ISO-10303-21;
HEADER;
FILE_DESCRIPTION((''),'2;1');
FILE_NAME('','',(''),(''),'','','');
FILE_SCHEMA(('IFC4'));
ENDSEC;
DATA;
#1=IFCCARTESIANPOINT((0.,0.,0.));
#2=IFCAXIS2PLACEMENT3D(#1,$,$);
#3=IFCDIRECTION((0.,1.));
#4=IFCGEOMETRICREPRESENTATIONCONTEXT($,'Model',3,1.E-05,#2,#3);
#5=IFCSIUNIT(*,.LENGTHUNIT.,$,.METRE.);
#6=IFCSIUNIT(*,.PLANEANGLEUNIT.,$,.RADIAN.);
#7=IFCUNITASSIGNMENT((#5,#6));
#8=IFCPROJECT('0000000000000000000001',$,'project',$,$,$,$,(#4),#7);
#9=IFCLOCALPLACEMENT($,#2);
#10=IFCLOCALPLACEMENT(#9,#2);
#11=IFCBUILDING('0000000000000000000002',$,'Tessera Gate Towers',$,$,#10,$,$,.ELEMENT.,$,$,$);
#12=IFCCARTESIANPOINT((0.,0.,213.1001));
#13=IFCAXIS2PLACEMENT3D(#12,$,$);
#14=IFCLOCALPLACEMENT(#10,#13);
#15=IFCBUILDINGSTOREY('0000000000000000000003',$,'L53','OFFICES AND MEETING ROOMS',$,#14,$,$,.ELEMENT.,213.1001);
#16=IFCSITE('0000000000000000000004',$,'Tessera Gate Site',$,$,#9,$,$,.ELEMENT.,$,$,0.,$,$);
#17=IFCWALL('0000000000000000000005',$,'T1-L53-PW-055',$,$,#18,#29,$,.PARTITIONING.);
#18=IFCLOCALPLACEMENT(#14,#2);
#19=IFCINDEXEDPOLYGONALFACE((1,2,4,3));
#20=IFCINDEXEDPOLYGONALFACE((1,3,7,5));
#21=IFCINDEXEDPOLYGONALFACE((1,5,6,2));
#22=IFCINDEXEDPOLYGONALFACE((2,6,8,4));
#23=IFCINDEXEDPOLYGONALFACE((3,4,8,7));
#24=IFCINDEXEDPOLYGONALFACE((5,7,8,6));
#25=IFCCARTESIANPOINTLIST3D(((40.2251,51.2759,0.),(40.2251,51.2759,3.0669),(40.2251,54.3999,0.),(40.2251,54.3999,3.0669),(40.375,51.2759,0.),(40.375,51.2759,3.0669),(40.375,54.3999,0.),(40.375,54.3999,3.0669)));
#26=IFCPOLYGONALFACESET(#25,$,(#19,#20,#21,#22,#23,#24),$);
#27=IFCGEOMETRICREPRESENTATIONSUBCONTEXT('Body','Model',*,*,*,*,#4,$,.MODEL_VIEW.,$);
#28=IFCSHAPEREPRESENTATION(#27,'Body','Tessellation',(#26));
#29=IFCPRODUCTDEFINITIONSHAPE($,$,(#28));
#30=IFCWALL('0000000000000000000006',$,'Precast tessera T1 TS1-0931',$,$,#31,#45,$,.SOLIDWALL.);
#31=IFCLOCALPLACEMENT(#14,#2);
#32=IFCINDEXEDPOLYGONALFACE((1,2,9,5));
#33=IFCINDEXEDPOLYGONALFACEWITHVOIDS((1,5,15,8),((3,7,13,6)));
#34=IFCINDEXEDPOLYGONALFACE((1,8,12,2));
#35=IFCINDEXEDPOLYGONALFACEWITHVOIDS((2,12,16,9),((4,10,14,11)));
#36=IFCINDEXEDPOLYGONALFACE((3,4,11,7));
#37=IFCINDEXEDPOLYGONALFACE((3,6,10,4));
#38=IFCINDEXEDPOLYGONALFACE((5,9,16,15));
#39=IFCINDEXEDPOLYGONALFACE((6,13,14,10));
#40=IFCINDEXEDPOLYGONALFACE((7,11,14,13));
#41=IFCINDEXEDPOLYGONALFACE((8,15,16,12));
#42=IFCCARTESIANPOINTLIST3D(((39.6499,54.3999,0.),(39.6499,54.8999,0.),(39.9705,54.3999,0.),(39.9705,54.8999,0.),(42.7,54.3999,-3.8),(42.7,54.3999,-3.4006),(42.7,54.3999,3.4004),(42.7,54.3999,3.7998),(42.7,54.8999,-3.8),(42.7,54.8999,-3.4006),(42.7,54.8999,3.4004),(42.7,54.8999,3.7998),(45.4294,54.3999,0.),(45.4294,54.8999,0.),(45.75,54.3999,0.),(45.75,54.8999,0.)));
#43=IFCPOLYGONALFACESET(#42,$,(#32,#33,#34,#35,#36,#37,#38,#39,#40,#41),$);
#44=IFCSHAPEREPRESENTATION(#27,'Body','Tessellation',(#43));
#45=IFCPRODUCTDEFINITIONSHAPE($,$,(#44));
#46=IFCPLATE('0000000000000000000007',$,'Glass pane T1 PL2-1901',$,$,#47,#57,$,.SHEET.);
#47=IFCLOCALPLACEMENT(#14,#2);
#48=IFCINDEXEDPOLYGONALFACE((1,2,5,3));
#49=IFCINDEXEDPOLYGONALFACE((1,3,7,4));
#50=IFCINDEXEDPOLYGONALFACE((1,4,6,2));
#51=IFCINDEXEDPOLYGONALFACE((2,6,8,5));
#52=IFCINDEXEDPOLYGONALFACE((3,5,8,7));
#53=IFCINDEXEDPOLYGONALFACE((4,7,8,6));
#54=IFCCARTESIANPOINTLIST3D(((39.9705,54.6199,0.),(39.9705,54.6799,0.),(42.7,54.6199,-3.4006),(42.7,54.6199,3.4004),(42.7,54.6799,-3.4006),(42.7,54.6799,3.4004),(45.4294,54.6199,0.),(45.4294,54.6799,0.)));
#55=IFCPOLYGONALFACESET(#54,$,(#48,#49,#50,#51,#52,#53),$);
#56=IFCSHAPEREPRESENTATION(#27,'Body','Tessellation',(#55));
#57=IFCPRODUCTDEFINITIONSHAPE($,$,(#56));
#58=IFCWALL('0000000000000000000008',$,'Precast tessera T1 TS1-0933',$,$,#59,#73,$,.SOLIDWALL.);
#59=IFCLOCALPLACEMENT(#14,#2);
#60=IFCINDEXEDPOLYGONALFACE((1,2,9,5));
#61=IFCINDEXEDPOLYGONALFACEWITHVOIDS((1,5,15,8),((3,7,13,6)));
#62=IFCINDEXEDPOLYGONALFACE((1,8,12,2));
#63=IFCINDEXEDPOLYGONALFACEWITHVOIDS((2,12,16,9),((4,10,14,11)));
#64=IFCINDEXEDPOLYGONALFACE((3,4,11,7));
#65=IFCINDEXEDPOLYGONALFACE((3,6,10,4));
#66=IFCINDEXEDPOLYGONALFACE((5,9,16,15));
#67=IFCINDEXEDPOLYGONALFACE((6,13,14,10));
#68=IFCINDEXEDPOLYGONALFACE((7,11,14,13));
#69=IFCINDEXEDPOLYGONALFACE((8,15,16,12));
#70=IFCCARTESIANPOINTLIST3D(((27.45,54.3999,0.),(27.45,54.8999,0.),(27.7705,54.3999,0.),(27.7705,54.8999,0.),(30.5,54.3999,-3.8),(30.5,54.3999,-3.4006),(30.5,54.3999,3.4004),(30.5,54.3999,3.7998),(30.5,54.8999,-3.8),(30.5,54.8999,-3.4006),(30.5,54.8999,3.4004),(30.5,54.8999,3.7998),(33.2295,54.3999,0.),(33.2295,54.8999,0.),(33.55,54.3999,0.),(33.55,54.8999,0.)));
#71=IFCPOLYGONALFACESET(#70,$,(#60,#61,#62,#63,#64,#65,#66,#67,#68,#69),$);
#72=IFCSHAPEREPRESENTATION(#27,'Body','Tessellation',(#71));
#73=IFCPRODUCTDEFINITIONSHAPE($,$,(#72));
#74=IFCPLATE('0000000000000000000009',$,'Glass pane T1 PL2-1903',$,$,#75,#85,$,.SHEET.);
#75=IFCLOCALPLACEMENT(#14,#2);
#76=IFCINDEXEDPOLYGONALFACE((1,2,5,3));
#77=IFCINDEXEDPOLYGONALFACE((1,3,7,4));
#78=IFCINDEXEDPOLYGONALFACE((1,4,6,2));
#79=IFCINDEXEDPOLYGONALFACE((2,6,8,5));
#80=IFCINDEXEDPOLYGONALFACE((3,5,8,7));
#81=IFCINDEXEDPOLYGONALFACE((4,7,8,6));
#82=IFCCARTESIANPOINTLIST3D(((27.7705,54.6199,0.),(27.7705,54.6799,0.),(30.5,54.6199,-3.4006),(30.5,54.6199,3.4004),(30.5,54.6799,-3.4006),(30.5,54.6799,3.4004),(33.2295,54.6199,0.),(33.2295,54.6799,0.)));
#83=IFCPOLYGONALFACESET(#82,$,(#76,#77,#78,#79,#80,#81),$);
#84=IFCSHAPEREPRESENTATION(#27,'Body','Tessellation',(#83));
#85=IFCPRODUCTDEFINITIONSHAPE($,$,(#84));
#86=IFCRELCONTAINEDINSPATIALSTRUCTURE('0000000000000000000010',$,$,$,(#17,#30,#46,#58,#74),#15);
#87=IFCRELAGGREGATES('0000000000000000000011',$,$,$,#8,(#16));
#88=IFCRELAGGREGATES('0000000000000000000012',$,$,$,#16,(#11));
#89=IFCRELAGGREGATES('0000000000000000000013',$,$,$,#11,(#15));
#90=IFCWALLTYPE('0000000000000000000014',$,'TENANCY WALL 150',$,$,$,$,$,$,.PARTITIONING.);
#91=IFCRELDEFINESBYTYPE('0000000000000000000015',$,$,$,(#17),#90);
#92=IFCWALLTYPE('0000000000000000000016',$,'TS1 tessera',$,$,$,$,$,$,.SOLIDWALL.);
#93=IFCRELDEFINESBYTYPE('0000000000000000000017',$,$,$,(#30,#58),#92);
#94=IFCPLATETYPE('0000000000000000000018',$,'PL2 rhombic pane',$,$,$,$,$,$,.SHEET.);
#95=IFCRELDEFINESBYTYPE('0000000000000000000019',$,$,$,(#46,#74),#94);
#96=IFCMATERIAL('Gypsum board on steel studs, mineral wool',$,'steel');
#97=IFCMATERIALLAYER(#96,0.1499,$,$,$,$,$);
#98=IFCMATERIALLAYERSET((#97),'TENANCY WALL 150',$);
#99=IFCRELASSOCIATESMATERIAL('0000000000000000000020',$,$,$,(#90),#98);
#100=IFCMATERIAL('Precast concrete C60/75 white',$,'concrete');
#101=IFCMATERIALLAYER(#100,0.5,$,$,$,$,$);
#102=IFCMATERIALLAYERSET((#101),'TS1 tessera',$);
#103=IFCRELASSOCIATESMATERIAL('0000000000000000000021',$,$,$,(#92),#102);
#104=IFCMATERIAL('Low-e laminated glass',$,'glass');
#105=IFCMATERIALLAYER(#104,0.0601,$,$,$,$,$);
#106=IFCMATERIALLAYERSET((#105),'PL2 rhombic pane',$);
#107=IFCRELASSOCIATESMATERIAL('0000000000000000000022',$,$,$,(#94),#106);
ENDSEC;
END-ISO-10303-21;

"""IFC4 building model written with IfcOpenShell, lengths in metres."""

from ifc_helpers import new_model, si_unit, direction, frame, frame_2d, origin, place, context, subcontext, project, spatial, polyline, rectangle, outline, extrude, source, transform, mapped, material, layer, layer_set, type_object, element, fill, save


model = new_model("IFC4")

# Units and contexts
model_context = context("Model", 3, precision=1e-05, world=origin(), true_north=direction((0.0, 1.0)))
body_context = subcontext(model_context, "Body", "Model", "MODEL_VIEW")
ifc_project = project(units=[si_unit("LENGTHUNIT", "METRE"), si_unit("PLANEANGLEUNIT", "RADIAN")], contexts=[model_context])

# Site, building, storey
site_placement = place(None, origin())
site = spatial("IfcSite", under=ifc_project, at=site_placement, Name="Tessera Gate Site", CompositionType="ELEMENT", RefElevation=0.0)
building_placement = place(site_placement, origin())
building = spatial("IfcBuilding", under=site, at=building_placement, Name="Tessera Gate Towers", CompositionType="ELEMENT")
storey_placement = place(building_placement, frame((0.0, 0.0, 213.1001)))
storey = spatial("IfcBuildingStorey", under=building, at=storey_placement, Name="L53", Description="OFFICES AND MEETING ROOMS", CompositionType="ELEMENT", Elevation=213.1001)

# Wall
ifc_material_1 = material(Name="Gypsum board on steel studs, mineral wool", Category="steel")
ifc_layer_1 = layer(ifc_material_1, 0.1499)
ifc_layer_set_1 = layer_set([ifc_layer_1], Name="TENANCY WALL 150")
wall_type_1 = type_object("IfcWallType", Name="TENANCY WALL 150", PredefinedType="PARTITIONING", material=ifc_layer_set_1)
wall_1_placement = place(storey_placement, frame((40.3, 51.2759, 0.0), z_axis=(0.0, 0.0, 1.0), x_axis=(0.0, 1.0, 0.0)))
element("IfcWall", 1, at=wall_1_placement, inside=storey, type_object=wall_type_1, Name="T1-L53-PW-055", PredefinedType="PARTITIONING", context=body_context, shape_type="SweptSolid", body=[
    extrude(rectangle(XDim=3.124, YDim=0.1499, at=frame_2d((1.562, 0.0))), origin(), (0.0, 0.0, 1.0), 3.0669),
])

# Walls, openings, plates
ifc_material_2 = material(Name="Precast concrete C60/75 white", Category="concrete")
ifc_layer_2 = layer(ifc_material_2, 0.5)
ifc_layer_set_2 = layer_set([ifc_layer_2], Name="TS1 tessera")
wall_type_2 = type_object("IfcWallType", Name="TS1 tessera", PredefinedType="SOLIDWALL", material=ifc_layer_set_2)
shared_shape_1 = source(origin(), body_context, "Body", "SweptSolid", [
    extrude(outline(polyline([(3.05, 0.0), (6.1001, 3.8), (3.05, 7.5999), (0.0, 3.8), (3.05, 0.0)])), frame((0.0, 0.25, 0.0), z_axis=(0.0, -1.0, 0.0), x_axis=(1.0, 0.0, 0.0)), (0.0, 0.0, 1.0), 0.5),
])
wall_2_placement = place(storey_placement, frame((45.75, 54.6499, -3.8), z_axis=(0.0, 0.0, 1.0), x_axis=(-1.0, 0.0, 0.0)))
wall_2 = element("IfcWall", 2, at=wall_2_placement, inside=storey, type_object=wall_type_2, Name="Precast tessera T1 TS1-0931", PredefinedType="SOLIDWALL", context=body_context, shape_type="MappedRepresentation", body=[
    mapped(shared_shape_1, transform((0.0, 0.0, 0.0), scale=1.0)),
])
shared_shape_2 = source(origin(), body_context, "Body", "SweptSolid", [
    extrude(outline(polyline([(3.05, 0.3994), (5.7795, 3.8), (3.05, 7.2004), (0.3206, 3.8), (3.05, 0.3994)])), frame((0.0, 0.26, 0.0), z_axis=(0.0, -1.0, 0.0), x_axis=(1.0, 0.0, 0.0)), (0.0, 0.0, 1.0), 0.52),
])
opening_1_placement = place(wall_2_placement, origin())
opening_1 = element("IfcOpeningElement", 3, at=opening_1_placement, cuts=wall_2, PredefinedType="OPENING", context=body_context, shape_type="MappedRepresentation", body=[
    mapped(shared_shape_2, transform((0.0, 0.0, 0.0), scale=1.0)),
])
ifc_material_3 = material(Name="Low-e laminated glass", Category="glass")
ifc_layer_3 = layer(ifc_material_3, 0.0601)
ifc_layer_set_3 = layer_set([ifc_layer_3], Name="PL2 rhombic pane")
plate_type = type_object("IfcPlateType", Name="PL2 rhombic pane", PredefinedType="SHEET", material=ifc_layer_set_3)
shared_shape_3 = source(origin(), body_context, "Body", "SweptSolid", [
    extrude(outline(polyline([(3.05, 0.3994), (5.7795, 3.8), (3.05, 7.2004), (0.3206, 3.8), (3.05, 0.3994)])), frame((0.0, 0.03, 0.0), z_axis=(0.0, -1.0, 0.0), x_axis=(1.0, 0.0, 0.0)), (0.0, 0.0, 1.0), 0.0601),
])
plate_1_placement = place(opening_1_placement, origin())
plate_1 = element("IfcPlate", 4, at=plate_1_placement, inside=storey, type_object=plate_type, Name="Glass pane T1 PL2-1901", PredefinedType="SHEET", context=body_context, shape_type="MappedRepresentation", body=[
    mapped(shared_shape_3, transform((0.0, 0.0, 0.0), scale=1.0)),
])
fill(opening_1, plate_1)
wall_3_placement = place(storey_placement, frame((33.55, 54.6499, -3.8), z_axis=(0.0, 0.0, 1.0), x_axis=(-1.0, 0.0, 0.0)))
wall_3 = element("IfcWall", 5, at=wall_3_placement, inside=storey, type_object=wall_type_2, Name="Precast tessera T1 TS1-0933", PredefinedType="SOLIDWALL", context=body_context, shape_type="MappedRepresentation", body=[
    mapped(shared_shape_1, transform((0.0, 0.0, 0.0), scale=1.0)),
])
opening_2_placement = place(wall_3_placement, origin())
opening_2 = element("IfcOpeningElement", 6, at=opening_2_placement, cuts=wall_3, PredefinedType="OPENING", context=body_context, shape_type="MappedRepresentation", body=[
    mapped(shared_shape_2, transform((0.0, 0.0, 0.0), scale=1.0)),
])
plate_2_placement = place(opening_2_placement, origin())
plate_2 = element("IfcPlate", 7, at=plate_2_placement, inside=storey, type_object=plate_type, Name="Glass pane T1 PL2-1903", PredefinedType="SHEET", context=body_context, shape_type="MappedRepresentation", body=[
    mapped(shared_shape_3, transform((0.0, 0.0, 0.0), scale=1.0)),
])
fill(opening_2, plate_2)

save(model, "model.ifc")
